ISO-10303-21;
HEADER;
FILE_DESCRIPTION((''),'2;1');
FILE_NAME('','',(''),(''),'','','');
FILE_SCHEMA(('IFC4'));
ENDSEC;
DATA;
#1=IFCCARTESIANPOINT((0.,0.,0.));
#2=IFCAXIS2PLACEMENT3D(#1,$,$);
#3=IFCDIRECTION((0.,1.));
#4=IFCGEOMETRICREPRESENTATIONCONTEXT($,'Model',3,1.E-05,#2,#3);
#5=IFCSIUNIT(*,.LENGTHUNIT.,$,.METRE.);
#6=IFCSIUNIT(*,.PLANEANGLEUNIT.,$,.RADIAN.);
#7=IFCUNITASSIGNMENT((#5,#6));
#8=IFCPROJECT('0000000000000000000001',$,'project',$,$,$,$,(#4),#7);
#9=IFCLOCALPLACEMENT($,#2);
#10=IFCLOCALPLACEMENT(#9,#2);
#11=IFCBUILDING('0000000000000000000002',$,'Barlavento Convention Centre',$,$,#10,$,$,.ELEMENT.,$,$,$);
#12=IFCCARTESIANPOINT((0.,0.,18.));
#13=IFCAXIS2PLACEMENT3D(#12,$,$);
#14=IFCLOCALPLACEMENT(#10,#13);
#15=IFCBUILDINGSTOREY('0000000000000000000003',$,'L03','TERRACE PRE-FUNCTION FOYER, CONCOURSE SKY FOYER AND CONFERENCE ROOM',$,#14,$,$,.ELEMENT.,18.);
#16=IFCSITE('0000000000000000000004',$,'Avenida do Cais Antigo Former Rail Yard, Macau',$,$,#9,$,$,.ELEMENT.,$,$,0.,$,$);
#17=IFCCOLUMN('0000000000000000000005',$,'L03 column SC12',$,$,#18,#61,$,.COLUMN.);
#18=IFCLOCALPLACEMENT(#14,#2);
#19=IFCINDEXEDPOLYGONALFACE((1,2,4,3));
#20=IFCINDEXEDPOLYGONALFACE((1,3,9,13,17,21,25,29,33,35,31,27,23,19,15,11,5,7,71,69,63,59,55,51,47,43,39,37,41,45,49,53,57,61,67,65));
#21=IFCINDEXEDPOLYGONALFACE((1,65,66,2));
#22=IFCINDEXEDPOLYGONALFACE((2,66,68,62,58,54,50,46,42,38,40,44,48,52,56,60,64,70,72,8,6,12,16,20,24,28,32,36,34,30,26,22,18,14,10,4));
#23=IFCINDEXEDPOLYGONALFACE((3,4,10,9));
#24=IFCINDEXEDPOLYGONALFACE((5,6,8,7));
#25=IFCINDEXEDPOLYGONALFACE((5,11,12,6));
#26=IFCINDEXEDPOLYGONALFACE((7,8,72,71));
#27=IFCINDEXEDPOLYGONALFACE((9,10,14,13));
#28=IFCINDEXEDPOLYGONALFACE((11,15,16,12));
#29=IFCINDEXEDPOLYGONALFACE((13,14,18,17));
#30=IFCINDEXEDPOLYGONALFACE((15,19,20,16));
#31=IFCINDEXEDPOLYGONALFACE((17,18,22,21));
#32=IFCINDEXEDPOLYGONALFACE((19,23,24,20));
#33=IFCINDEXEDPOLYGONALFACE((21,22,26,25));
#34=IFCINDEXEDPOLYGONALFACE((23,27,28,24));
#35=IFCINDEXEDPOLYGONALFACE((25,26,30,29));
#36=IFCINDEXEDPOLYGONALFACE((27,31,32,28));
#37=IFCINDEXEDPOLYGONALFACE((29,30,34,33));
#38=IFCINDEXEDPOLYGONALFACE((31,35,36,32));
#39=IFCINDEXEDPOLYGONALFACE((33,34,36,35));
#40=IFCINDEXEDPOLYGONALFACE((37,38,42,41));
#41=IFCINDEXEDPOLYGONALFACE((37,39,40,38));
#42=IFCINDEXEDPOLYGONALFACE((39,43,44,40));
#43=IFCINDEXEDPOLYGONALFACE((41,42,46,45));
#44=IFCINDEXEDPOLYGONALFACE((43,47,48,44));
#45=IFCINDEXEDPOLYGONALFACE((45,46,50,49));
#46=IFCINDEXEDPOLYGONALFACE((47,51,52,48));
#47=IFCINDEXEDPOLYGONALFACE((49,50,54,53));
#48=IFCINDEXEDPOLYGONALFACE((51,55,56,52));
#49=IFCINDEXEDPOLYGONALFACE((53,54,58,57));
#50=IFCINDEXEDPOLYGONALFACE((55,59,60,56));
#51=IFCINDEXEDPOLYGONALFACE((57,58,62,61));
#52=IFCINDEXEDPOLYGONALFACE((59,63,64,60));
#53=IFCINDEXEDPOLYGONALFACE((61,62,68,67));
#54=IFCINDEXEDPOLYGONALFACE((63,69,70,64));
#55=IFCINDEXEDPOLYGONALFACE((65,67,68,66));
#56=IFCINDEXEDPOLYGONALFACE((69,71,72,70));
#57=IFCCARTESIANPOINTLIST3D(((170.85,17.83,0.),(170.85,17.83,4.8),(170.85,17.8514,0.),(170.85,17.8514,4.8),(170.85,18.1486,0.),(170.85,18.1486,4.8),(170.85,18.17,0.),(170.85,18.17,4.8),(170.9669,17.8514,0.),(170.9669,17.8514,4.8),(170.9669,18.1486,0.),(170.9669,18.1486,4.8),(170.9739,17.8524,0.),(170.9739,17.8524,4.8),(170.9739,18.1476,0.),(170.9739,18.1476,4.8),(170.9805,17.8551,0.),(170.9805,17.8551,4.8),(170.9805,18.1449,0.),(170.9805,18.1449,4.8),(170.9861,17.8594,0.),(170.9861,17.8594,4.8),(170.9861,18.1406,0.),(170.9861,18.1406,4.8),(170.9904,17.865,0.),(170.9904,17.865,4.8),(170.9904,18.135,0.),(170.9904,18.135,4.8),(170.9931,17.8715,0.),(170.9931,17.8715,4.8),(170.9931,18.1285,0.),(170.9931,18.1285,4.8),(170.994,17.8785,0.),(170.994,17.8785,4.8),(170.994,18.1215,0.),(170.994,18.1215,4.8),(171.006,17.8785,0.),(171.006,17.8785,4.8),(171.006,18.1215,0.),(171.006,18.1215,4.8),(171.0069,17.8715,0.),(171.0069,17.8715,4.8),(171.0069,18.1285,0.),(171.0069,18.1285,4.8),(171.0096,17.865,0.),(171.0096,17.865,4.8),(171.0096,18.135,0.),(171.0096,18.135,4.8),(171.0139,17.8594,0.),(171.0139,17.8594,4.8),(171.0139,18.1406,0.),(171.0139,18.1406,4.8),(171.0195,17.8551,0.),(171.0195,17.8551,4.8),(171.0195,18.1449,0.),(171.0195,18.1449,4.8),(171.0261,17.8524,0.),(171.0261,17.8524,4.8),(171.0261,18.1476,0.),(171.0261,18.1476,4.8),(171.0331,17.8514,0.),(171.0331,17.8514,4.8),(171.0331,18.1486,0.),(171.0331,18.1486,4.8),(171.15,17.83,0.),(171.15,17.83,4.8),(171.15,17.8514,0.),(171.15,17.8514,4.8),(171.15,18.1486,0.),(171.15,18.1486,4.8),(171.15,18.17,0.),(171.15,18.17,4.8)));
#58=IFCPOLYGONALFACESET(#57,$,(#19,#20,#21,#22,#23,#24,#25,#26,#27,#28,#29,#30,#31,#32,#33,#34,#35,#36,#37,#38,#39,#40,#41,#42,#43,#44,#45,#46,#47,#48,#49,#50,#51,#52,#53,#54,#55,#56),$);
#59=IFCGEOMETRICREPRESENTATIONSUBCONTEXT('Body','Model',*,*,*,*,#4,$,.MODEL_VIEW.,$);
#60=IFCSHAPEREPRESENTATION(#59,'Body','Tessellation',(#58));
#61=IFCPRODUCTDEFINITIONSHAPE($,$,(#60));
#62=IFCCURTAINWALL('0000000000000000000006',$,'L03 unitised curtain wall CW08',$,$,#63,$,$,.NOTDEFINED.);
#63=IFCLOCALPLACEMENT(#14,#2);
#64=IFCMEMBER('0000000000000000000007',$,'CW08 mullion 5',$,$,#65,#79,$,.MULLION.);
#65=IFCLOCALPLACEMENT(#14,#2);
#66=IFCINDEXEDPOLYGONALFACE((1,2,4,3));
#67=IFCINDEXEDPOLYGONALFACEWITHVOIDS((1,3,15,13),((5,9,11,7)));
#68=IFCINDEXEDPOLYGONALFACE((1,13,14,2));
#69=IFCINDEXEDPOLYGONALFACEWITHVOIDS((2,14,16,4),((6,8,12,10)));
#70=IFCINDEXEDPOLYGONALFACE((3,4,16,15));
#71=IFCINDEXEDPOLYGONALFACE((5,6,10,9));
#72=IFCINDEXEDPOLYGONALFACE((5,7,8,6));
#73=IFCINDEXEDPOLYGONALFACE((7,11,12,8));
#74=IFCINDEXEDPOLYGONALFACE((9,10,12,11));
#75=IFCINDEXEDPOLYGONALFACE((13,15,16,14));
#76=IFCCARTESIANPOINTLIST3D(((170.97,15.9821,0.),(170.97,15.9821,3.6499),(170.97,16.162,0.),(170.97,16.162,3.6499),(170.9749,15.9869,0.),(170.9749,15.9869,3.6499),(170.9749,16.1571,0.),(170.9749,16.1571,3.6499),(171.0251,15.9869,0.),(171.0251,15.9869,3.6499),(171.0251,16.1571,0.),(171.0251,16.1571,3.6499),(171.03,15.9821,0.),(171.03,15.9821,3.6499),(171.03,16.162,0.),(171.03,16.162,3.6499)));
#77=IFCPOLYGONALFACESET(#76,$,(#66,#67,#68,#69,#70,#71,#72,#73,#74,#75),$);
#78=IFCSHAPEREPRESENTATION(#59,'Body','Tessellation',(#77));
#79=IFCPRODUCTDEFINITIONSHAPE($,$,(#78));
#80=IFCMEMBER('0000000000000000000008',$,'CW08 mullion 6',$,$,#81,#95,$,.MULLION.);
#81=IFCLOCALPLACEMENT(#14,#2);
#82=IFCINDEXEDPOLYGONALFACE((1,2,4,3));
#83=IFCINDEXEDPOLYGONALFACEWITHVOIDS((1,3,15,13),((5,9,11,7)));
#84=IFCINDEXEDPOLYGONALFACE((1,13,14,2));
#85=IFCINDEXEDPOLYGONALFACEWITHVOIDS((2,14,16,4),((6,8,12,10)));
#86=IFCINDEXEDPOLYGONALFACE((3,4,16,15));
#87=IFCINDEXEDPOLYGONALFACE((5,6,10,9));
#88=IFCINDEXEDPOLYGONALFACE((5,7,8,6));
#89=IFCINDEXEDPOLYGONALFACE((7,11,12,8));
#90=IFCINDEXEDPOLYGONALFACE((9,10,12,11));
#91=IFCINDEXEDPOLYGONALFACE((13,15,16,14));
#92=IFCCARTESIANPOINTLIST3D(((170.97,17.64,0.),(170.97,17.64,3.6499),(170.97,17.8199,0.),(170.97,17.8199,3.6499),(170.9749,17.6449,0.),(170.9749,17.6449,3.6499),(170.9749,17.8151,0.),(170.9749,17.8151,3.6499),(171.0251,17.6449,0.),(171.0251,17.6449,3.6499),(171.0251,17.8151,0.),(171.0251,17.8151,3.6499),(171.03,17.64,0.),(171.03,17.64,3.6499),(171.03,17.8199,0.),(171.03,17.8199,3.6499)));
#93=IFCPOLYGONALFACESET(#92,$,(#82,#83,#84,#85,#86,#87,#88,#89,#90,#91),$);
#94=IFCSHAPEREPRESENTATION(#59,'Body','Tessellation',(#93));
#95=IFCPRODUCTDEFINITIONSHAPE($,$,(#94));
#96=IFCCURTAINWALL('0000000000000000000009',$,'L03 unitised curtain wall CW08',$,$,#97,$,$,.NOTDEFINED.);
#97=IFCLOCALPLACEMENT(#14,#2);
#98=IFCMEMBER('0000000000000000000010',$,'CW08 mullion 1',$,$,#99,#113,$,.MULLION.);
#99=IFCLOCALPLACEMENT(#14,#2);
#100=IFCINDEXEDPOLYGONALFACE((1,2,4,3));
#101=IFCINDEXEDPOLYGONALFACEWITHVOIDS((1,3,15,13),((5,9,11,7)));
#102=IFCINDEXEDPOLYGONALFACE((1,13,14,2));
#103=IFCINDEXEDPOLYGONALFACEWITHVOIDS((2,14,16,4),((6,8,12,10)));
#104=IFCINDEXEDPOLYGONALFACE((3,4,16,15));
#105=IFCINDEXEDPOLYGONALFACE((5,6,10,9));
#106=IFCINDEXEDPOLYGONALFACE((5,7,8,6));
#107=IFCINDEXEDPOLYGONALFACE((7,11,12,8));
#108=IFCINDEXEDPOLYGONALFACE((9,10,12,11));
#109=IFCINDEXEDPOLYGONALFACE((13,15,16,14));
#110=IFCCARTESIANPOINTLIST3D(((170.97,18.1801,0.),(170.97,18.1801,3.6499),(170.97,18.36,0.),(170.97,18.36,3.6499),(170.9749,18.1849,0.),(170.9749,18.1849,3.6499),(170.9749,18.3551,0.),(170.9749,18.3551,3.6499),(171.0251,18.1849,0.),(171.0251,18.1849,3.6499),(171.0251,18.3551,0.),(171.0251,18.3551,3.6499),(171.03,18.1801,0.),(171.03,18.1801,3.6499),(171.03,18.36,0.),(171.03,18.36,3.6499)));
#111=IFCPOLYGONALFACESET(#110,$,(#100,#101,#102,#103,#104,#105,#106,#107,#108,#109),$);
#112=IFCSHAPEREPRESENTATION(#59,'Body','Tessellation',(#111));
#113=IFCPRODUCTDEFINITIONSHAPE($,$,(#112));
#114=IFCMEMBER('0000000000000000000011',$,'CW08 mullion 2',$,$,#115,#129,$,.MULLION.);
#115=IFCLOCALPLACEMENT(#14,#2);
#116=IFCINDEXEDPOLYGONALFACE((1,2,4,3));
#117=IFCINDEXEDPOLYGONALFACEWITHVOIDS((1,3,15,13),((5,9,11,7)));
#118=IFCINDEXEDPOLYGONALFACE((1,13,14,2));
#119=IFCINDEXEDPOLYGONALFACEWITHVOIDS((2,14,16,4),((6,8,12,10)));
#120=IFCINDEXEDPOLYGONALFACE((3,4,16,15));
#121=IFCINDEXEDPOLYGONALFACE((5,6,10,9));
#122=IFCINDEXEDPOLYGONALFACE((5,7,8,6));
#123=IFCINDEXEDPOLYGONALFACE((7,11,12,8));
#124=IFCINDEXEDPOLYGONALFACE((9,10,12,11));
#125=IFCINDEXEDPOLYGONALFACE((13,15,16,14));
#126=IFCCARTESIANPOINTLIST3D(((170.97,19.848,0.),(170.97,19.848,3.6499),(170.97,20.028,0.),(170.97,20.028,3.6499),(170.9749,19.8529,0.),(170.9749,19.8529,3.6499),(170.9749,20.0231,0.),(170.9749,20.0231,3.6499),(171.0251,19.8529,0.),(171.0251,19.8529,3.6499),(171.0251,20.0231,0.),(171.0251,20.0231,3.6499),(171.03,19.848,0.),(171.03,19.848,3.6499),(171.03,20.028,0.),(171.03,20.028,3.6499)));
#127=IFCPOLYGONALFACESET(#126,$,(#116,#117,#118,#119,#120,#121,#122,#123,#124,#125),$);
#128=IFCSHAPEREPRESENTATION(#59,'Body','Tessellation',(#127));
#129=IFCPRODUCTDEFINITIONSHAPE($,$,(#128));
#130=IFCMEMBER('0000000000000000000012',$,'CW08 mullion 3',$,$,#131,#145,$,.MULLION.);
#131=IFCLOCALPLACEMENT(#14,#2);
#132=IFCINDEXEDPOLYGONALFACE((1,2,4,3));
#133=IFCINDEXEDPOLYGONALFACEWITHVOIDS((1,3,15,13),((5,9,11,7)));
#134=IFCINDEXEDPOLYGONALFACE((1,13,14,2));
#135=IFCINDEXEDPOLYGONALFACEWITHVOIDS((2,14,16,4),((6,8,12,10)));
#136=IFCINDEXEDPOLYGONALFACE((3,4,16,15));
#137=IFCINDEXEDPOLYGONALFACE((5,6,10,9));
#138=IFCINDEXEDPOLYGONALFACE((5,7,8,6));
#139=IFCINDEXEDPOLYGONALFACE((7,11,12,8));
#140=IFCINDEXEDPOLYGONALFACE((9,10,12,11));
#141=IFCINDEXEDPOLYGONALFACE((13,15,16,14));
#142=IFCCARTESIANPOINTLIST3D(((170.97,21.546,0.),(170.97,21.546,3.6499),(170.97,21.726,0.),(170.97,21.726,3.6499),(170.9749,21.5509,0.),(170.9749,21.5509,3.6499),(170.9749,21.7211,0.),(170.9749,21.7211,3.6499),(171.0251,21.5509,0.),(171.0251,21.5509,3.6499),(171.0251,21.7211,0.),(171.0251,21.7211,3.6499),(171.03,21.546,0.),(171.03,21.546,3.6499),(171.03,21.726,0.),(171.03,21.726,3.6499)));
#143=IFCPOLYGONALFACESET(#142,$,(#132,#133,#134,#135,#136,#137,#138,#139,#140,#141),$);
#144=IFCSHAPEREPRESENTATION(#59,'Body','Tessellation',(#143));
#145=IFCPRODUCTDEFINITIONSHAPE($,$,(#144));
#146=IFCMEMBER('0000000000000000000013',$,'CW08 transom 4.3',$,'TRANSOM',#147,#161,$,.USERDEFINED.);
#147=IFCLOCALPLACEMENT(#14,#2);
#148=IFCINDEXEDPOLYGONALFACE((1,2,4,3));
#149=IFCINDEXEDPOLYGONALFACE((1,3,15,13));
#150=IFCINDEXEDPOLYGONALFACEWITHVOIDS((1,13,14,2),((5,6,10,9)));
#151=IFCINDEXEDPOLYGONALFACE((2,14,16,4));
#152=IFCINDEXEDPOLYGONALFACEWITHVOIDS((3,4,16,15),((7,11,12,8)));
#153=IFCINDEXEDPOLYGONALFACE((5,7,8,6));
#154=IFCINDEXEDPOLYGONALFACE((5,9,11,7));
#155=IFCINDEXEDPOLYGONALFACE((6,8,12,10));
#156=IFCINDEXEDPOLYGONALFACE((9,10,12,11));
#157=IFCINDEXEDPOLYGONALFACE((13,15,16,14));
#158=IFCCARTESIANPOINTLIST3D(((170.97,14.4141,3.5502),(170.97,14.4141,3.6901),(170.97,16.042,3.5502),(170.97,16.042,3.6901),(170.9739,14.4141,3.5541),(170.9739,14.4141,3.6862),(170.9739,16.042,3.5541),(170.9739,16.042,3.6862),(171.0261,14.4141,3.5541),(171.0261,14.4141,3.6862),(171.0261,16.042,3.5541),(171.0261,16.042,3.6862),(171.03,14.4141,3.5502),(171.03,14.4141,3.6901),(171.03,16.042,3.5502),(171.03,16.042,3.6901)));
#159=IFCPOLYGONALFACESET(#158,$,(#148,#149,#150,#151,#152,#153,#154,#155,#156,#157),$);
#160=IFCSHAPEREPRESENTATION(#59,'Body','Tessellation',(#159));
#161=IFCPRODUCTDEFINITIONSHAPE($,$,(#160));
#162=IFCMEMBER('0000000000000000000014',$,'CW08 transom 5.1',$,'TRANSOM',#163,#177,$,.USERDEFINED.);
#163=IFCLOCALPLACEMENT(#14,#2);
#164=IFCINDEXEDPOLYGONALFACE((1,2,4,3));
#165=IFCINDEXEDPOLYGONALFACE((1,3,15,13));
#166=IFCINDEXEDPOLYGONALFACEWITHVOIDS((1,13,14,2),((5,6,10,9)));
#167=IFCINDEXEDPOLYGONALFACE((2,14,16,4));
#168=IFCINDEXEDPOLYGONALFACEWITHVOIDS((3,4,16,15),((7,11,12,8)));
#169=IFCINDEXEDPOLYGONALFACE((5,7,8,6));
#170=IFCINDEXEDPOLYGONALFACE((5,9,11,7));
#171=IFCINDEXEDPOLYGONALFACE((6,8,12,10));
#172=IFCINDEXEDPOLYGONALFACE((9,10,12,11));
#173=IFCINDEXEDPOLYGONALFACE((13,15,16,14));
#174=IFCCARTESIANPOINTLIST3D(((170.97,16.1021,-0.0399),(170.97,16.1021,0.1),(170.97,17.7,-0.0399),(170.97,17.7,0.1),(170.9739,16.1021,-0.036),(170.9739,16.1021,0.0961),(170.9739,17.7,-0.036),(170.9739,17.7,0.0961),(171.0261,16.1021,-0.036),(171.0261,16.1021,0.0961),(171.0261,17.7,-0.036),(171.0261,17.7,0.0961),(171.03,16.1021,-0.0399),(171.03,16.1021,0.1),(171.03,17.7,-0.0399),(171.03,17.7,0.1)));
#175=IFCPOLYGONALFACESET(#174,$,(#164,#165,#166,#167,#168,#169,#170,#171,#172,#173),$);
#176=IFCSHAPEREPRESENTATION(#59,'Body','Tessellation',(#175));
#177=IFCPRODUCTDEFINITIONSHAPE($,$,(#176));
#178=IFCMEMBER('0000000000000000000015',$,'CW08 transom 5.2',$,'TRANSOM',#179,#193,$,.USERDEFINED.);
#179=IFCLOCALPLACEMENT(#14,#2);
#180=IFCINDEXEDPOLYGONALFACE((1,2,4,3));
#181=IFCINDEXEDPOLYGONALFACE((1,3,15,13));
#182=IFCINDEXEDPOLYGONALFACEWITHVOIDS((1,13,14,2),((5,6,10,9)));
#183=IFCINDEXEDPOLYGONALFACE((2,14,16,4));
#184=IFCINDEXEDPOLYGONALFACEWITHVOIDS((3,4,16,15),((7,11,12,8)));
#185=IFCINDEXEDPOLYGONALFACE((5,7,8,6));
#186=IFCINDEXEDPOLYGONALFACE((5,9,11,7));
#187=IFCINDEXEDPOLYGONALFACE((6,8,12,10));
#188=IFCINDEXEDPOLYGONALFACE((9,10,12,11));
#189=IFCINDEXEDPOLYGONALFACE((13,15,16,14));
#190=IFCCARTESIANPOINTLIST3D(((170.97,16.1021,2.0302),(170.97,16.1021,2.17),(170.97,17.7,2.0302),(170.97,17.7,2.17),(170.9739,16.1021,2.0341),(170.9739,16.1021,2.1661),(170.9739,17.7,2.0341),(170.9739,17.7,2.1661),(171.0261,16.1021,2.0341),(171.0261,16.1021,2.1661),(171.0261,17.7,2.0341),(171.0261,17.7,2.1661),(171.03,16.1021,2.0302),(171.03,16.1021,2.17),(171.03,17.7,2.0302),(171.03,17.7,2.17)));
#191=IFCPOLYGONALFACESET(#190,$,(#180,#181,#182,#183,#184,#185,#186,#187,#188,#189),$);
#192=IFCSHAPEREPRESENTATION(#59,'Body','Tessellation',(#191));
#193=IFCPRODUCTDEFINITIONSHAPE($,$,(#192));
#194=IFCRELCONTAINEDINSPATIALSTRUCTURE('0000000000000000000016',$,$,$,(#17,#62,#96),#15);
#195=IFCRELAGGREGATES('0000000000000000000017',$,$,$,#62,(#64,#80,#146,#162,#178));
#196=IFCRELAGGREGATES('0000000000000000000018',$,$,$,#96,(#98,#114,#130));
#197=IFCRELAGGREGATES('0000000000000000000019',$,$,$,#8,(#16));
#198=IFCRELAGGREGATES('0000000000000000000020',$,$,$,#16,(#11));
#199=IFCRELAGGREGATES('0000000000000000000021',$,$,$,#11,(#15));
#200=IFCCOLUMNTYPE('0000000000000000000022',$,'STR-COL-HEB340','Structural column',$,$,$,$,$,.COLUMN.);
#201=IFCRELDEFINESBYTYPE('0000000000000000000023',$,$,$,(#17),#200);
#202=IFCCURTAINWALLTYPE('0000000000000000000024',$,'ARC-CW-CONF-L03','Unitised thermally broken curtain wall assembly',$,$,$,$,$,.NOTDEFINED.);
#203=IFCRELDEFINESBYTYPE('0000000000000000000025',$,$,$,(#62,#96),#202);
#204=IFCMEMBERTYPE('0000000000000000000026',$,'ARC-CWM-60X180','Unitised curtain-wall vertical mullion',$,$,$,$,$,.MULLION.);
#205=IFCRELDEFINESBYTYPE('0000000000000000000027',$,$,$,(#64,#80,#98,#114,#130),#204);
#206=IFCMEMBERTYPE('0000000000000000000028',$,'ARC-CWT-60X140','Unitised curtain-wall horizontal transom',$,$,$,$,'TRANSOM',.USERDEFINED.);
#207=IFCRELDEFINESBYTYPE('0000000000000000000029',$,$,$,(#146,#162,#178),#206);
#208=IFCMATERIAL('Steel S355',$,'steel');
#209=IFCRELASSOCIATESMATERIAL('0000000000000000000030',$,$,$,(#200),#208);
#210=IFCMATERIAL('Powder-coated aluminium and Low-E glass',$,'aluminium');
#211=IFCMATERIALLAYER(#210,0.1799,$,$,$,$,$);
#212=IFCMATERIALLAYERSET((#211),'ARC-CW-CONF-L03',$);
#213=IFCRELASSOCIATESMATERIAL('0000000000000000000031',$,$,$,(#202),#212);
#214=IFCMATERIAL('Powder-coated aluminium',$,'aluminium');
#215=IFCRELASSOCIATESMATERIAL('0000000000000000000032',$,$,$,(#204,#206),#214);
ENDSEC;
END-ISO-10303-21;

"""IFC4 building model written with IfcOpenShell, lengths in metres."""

from ifc_helpers import new_model, si_unit, direction, frame, origin, origin_2d, place, context, subcontext, project, spatial, hollow_rectangle, i_section, extrude, material, layer, layer_set, material_profile, profile_set, type_object, element, aggregate, save


model = new_model("IFC4")

# Units and contexts
model_context = context("Model", 3, precision=1e-05, world=origin(), true_north=direction((0.0, 1.0)))
body_context = subcontext(model_context, "Body", "Model", "MODEL_VIEW")
ifc_project = project(units=[si_unit("LENGTHUNIT", "METRE"), si_unit("PLANEANGLEUNIT", "RADIAN")], contexts=[model_context])

# Site, building, storey
site_placement = place(None, origin())
site = spatial("IfcSite", under=ifc_project, at=site_placement, Name="Avenida do Cais Antigo Former Rail Yard, Macau", CompositionType="ELEMENT", RefElevation=0.0)
building_placement = place(site_placement, origin())
building = spatial("IfcBuilding", under=site, at=building_placement, Name="Barlavento Convention Centre", CompositionType="ELEMENT")
storey_placement = place(building_placement, frame((0.0, 0.0, 18.0)))
storey = spatial("IfcBuildingStorey", under=building, at=storey_placement, Name="L03", Description="TERRACE PRE-FUNCTION FOYER, CONCOURSE SKY FOYER AND CONFERENCE ROOM", CompositionType="ELEMENT", Elevation=18.0)

# Column
ifc_material_1 = material(Name="Steel S355", Category="steel")
ifc_material_profile_1 = material_profile(ifc_material_1, i_section(OverallWidth=0.3, OverallDepth=0.3401, WebThickness=0.012, FlangeThickness=0.0215, FilletRadius=0.0271, at=origin_2d()), Name="HEB 340")
ifc_profile_set_1 = profile_set([ifc_material_profile_1], Name="Steel S355")
column_type = type_object("IfcColumnType", Name="STR-COL-HEB340", Description="Structural column", PredefinedType="COLUMN", material=ifc_profile_set_1)
column_placement = place(storey_placement, frame((171.0, 18.0, 0.0), z_axis=(0.0, 0.0, 1.0), x_axis=(1.0, 0.0, 0.0)))
element("IfcColumn", 1, at=column_placement, inside=storey, type_object=column_type, Name="L03 column SC12", PredefinedType="COLUMN", context=body_context, shape_type="SweptSolid", body=[
    extrude(i_section(OverallWidth=0.3, OverallDepth=0.3401, WebThickness=0.012, FlangeThickness=0.0215, FilletRadius=0.0271, at=origin_2d()), origin(), (0.0, 0.0, 1.0), 4.8),
])

# Curtain walls, members
ifc_material_2 = material(Name="Powder-coated aluminium and Low-E glass", Category="aluminium")
ifc_layer_1 = layer(ifc_material_2, 0.1799)
ifc_layer_set_1 = layer_set([ifc_layer_1], Name="ARC-CW-CONF-L03")
curtain_wall_type = type_object("IfcCurtainWallType", Name="ARC-CW-CONF-L03", Description="Unitised thermally broken curtain wall assembly", PredefinedType="NOTDEFINED", material=ifc_layer_set_1)
curtain_wall_1_placement = place(storey_placement, origin())
curtain_wall_1 = element("IfcCurtainWall", 2, at=curtain_wall_1_placement, inside=storey, type_object=curtain_wall_type, Name="L03 unitised curtain wall CW08", PredefinedType="NOTDEFINED")
ifc_material_3 = material(Name="Powder-coated aluminium", Category="aluminium")
ifc_material_profile_2 = material_profile(ifc_material_3, hollow_rectangle(XDim=0.0601, YDim=0.1799, WallThickness=0.0049, at=origin_2d()), Name="AL-MULL 60x180x5")
ifc_profile_set_2 = profile_set([ifc_material_profile_2], Name="Powder-coated aluminium")
member_type_1 = type_object("IfcMemberType", Name="ARC-CWM-60X180", Description="Unitised curtain-wall vertical mullion", PredefinedType="MULLION", material=ifc_profile_set_2)
member_1_placement = place(storey_placement, frame((171.0, 16.072, 0.0), z_axis=(0.0, 0.0, 1.0), x_axis=(-1.0, 0.0, 0.0)))
member_1 = element("IfcMember", 3, at=member_1_placement, type_object=member_type_1, Name="CW08 mullion 5", PredefinedType="MULLION", context=body_context, shape_type="SweptSolid", body=[
    extrude(hollow_rectangle(XDim=0.0601, YDim=0.1799, WallThickness=0.0049, at=origin_2d()), origin(), (0.0, 0.0, 1.0), 3.6499),
])
member_2_placement = place(storey_placement, frame((171.0, 17.73, 0.0), z_axis=(0.0, 0.0, 1.0), x_axis=(-1.0, 0.0, 0.0)))
member_2 = element("IfcMember", 4, at=member_2_placement, type_object=member_type_1, Name="CW08 mullion 6", PredefinedType="MULLION", context=body_context, shape_type="SweptSolid", body=[
    extrude(hollow_rectangle(XDim=0.0601, YDim=0.1799, WallThickness=0.0049, at=origin_2d()), origin(), (0.0, 0.0, 1.0), 3.6499),
])
curtain_wall_2_placement = place(storey_placement, origin())
curtain_wall_2 = element("IfcCurtainWall", 5, at=curtain_wall_2_placement, inside=storey, type_object=curtain_wall_type, Name="L03 unitised curtain wall CW08", PredefinedType="NOTDEFINED")
member_3_placement = place(storey_placement, frame((171.0, 18.27, 0.0), z_axis=(0.0, 0.0, 1.0), x_axis=(-1.0, 0.0, 0.0)))
member_3 = element("IfcMember", 6, at=member_3_placement, type_object=member_type_1, Name="CW08 mullion 1", PredefinedType="MULLION", context=body_context, shape_type="SweptSolid", body=[
    extrude(hollow_rectangle(XDim=0.0601, YDim=0.1799, WallThickness=0.0049, at=origin_2d()), origin(), (0.0, 0.0, 1.0), 3.6499),
])
member_4_placement = place(storey_placement, frame((171.0, 19.938, 0.0), z_axis=(0.0, 0.0, 1.0), x_axis=(-1.0, 0.0, 0.0)))
member_4 = element("IfcMember", 7, at=member_4_placement, type_object=member_type_1, Name="CW08 mullion 2", PredefinedType="MULLION", context=body_context, shape_type="SweptSolid", body=[
    extrude(hollow_rectangle(XDim=0.0601, YDim=0.1799, WallThickness=0.0049, at=origin_2d()), origin(), (0.0, 0.0, 1.0), 3.6499),
])
member_5_placement = place(storey_placement, frame((171.0, 21.636, 0.0), z_axis=(0.0, 0.0, 1.0), x_axis=(-1.0, 0.0, 0.0)))
member_5 = element("IfcMember", 8, at=member_5_placement, type_object=member_type_1, Name="CW08 mullion 3", PredefinedType="MULLION", context=body_context, shape_type="SweptSolid", body=[
    extrude(hollow_rectangle(XDim=0.0601, YDim=0.1799, WallThickness=0.0049, at=origin_2d()), origin(), (0.0, 0.0, 1.0), 3.6499),
])

# Members
ifc_material_profile_3 = material_profile(ifc_material_3, hollow_rectangle(XDim=0.0601, YDim=0.1399, WallThickness=0.0039, at=origin_2d()), Name="AL-TRAN 60x140x4")
ifc_profile_set_3 = profile_set([ifc_material_profile_3], Name="Powder-coated aluminium")
member_type_2 = type_object("IfcMemberType", Name="ARC-CWT-60X140", Description="Unitised curtain-wall horizontal transom", ElementType="TRANSOM", PredefinedType="USERDEFINED", material=ifc_profile_set_3)
member_6_placement = place(storey_placement, frame((171.0, 14.4141, 3.6201), z_axis=(0.0, 1.0, 0.0), x_axis=(-1.0, 0.0, 0.0)))
member_6 = element("IfcMember", 9, at=member_6_placement, type_object=member_type_2, Name="CW08 transom 4.3", ObjectType="TRANSOM", PredefinedType="USERDEFINED", context=body_context, shape_type="SweptSolid", body=[
    extrude(hollow_rectangle(XDim=0.0601, YDim=0.1399, WallThickness=0.0039, at=origin_2d()), origin(), (0.0, 0.0, 1.0), 1.6279),
])
member_7_placement = place(storey_placement, frame((171.0, 16.1021, 0.03), z_axis=(0.0, 1.0, 0.0), x_axis=(-1.0, 0.0, 0.0)))
member_7 = element("IfcMember", 10, at=member_7_placement, type_object=member_type_2, Name="CW08 transom 5.1", ObjectType="TRANSOM", PredefinedType="USERDEFINED", context=body_context, shape_type="SweptSolid", body=[
    extrude(hollow_rectangle(XDim=0.0601, YDim=0.1399, WallThickness=0.0039, at=origin_2d()), origin(), (0.0, 0.0, 1.0), 1.5979),
])
member_8_placement = place(storey_placement, frame((171.0, 16.1021, 2.1001), z_axis=(0.0, 1.0, 0.0), x_axis=(-1.0, 0.0, 0.0)))
member_8 = element("IfcMember", 11, at=member_8_placement, type_object=member_type_2, Name="CW08 transom 5.2", ObjectType="TRANSOM", PredefinedType="USERDEFINED", context=body_context, shape_type="SweptSolid", body=[
    extrude(hollow_rectangle(XDim=0.0601, YDim=0.1399, WallThickness=0.0039, at=origin_2d()), origin(), (0.0, 0.0, 1.0), 1.5979),
])

aggregate(curtain_wall_1, [member_1, member_2, member_6, member_7, member_8])
aggregate(curtain_wall_2, [member_3, member_4, member_5])

save(model, "model.ifc")
